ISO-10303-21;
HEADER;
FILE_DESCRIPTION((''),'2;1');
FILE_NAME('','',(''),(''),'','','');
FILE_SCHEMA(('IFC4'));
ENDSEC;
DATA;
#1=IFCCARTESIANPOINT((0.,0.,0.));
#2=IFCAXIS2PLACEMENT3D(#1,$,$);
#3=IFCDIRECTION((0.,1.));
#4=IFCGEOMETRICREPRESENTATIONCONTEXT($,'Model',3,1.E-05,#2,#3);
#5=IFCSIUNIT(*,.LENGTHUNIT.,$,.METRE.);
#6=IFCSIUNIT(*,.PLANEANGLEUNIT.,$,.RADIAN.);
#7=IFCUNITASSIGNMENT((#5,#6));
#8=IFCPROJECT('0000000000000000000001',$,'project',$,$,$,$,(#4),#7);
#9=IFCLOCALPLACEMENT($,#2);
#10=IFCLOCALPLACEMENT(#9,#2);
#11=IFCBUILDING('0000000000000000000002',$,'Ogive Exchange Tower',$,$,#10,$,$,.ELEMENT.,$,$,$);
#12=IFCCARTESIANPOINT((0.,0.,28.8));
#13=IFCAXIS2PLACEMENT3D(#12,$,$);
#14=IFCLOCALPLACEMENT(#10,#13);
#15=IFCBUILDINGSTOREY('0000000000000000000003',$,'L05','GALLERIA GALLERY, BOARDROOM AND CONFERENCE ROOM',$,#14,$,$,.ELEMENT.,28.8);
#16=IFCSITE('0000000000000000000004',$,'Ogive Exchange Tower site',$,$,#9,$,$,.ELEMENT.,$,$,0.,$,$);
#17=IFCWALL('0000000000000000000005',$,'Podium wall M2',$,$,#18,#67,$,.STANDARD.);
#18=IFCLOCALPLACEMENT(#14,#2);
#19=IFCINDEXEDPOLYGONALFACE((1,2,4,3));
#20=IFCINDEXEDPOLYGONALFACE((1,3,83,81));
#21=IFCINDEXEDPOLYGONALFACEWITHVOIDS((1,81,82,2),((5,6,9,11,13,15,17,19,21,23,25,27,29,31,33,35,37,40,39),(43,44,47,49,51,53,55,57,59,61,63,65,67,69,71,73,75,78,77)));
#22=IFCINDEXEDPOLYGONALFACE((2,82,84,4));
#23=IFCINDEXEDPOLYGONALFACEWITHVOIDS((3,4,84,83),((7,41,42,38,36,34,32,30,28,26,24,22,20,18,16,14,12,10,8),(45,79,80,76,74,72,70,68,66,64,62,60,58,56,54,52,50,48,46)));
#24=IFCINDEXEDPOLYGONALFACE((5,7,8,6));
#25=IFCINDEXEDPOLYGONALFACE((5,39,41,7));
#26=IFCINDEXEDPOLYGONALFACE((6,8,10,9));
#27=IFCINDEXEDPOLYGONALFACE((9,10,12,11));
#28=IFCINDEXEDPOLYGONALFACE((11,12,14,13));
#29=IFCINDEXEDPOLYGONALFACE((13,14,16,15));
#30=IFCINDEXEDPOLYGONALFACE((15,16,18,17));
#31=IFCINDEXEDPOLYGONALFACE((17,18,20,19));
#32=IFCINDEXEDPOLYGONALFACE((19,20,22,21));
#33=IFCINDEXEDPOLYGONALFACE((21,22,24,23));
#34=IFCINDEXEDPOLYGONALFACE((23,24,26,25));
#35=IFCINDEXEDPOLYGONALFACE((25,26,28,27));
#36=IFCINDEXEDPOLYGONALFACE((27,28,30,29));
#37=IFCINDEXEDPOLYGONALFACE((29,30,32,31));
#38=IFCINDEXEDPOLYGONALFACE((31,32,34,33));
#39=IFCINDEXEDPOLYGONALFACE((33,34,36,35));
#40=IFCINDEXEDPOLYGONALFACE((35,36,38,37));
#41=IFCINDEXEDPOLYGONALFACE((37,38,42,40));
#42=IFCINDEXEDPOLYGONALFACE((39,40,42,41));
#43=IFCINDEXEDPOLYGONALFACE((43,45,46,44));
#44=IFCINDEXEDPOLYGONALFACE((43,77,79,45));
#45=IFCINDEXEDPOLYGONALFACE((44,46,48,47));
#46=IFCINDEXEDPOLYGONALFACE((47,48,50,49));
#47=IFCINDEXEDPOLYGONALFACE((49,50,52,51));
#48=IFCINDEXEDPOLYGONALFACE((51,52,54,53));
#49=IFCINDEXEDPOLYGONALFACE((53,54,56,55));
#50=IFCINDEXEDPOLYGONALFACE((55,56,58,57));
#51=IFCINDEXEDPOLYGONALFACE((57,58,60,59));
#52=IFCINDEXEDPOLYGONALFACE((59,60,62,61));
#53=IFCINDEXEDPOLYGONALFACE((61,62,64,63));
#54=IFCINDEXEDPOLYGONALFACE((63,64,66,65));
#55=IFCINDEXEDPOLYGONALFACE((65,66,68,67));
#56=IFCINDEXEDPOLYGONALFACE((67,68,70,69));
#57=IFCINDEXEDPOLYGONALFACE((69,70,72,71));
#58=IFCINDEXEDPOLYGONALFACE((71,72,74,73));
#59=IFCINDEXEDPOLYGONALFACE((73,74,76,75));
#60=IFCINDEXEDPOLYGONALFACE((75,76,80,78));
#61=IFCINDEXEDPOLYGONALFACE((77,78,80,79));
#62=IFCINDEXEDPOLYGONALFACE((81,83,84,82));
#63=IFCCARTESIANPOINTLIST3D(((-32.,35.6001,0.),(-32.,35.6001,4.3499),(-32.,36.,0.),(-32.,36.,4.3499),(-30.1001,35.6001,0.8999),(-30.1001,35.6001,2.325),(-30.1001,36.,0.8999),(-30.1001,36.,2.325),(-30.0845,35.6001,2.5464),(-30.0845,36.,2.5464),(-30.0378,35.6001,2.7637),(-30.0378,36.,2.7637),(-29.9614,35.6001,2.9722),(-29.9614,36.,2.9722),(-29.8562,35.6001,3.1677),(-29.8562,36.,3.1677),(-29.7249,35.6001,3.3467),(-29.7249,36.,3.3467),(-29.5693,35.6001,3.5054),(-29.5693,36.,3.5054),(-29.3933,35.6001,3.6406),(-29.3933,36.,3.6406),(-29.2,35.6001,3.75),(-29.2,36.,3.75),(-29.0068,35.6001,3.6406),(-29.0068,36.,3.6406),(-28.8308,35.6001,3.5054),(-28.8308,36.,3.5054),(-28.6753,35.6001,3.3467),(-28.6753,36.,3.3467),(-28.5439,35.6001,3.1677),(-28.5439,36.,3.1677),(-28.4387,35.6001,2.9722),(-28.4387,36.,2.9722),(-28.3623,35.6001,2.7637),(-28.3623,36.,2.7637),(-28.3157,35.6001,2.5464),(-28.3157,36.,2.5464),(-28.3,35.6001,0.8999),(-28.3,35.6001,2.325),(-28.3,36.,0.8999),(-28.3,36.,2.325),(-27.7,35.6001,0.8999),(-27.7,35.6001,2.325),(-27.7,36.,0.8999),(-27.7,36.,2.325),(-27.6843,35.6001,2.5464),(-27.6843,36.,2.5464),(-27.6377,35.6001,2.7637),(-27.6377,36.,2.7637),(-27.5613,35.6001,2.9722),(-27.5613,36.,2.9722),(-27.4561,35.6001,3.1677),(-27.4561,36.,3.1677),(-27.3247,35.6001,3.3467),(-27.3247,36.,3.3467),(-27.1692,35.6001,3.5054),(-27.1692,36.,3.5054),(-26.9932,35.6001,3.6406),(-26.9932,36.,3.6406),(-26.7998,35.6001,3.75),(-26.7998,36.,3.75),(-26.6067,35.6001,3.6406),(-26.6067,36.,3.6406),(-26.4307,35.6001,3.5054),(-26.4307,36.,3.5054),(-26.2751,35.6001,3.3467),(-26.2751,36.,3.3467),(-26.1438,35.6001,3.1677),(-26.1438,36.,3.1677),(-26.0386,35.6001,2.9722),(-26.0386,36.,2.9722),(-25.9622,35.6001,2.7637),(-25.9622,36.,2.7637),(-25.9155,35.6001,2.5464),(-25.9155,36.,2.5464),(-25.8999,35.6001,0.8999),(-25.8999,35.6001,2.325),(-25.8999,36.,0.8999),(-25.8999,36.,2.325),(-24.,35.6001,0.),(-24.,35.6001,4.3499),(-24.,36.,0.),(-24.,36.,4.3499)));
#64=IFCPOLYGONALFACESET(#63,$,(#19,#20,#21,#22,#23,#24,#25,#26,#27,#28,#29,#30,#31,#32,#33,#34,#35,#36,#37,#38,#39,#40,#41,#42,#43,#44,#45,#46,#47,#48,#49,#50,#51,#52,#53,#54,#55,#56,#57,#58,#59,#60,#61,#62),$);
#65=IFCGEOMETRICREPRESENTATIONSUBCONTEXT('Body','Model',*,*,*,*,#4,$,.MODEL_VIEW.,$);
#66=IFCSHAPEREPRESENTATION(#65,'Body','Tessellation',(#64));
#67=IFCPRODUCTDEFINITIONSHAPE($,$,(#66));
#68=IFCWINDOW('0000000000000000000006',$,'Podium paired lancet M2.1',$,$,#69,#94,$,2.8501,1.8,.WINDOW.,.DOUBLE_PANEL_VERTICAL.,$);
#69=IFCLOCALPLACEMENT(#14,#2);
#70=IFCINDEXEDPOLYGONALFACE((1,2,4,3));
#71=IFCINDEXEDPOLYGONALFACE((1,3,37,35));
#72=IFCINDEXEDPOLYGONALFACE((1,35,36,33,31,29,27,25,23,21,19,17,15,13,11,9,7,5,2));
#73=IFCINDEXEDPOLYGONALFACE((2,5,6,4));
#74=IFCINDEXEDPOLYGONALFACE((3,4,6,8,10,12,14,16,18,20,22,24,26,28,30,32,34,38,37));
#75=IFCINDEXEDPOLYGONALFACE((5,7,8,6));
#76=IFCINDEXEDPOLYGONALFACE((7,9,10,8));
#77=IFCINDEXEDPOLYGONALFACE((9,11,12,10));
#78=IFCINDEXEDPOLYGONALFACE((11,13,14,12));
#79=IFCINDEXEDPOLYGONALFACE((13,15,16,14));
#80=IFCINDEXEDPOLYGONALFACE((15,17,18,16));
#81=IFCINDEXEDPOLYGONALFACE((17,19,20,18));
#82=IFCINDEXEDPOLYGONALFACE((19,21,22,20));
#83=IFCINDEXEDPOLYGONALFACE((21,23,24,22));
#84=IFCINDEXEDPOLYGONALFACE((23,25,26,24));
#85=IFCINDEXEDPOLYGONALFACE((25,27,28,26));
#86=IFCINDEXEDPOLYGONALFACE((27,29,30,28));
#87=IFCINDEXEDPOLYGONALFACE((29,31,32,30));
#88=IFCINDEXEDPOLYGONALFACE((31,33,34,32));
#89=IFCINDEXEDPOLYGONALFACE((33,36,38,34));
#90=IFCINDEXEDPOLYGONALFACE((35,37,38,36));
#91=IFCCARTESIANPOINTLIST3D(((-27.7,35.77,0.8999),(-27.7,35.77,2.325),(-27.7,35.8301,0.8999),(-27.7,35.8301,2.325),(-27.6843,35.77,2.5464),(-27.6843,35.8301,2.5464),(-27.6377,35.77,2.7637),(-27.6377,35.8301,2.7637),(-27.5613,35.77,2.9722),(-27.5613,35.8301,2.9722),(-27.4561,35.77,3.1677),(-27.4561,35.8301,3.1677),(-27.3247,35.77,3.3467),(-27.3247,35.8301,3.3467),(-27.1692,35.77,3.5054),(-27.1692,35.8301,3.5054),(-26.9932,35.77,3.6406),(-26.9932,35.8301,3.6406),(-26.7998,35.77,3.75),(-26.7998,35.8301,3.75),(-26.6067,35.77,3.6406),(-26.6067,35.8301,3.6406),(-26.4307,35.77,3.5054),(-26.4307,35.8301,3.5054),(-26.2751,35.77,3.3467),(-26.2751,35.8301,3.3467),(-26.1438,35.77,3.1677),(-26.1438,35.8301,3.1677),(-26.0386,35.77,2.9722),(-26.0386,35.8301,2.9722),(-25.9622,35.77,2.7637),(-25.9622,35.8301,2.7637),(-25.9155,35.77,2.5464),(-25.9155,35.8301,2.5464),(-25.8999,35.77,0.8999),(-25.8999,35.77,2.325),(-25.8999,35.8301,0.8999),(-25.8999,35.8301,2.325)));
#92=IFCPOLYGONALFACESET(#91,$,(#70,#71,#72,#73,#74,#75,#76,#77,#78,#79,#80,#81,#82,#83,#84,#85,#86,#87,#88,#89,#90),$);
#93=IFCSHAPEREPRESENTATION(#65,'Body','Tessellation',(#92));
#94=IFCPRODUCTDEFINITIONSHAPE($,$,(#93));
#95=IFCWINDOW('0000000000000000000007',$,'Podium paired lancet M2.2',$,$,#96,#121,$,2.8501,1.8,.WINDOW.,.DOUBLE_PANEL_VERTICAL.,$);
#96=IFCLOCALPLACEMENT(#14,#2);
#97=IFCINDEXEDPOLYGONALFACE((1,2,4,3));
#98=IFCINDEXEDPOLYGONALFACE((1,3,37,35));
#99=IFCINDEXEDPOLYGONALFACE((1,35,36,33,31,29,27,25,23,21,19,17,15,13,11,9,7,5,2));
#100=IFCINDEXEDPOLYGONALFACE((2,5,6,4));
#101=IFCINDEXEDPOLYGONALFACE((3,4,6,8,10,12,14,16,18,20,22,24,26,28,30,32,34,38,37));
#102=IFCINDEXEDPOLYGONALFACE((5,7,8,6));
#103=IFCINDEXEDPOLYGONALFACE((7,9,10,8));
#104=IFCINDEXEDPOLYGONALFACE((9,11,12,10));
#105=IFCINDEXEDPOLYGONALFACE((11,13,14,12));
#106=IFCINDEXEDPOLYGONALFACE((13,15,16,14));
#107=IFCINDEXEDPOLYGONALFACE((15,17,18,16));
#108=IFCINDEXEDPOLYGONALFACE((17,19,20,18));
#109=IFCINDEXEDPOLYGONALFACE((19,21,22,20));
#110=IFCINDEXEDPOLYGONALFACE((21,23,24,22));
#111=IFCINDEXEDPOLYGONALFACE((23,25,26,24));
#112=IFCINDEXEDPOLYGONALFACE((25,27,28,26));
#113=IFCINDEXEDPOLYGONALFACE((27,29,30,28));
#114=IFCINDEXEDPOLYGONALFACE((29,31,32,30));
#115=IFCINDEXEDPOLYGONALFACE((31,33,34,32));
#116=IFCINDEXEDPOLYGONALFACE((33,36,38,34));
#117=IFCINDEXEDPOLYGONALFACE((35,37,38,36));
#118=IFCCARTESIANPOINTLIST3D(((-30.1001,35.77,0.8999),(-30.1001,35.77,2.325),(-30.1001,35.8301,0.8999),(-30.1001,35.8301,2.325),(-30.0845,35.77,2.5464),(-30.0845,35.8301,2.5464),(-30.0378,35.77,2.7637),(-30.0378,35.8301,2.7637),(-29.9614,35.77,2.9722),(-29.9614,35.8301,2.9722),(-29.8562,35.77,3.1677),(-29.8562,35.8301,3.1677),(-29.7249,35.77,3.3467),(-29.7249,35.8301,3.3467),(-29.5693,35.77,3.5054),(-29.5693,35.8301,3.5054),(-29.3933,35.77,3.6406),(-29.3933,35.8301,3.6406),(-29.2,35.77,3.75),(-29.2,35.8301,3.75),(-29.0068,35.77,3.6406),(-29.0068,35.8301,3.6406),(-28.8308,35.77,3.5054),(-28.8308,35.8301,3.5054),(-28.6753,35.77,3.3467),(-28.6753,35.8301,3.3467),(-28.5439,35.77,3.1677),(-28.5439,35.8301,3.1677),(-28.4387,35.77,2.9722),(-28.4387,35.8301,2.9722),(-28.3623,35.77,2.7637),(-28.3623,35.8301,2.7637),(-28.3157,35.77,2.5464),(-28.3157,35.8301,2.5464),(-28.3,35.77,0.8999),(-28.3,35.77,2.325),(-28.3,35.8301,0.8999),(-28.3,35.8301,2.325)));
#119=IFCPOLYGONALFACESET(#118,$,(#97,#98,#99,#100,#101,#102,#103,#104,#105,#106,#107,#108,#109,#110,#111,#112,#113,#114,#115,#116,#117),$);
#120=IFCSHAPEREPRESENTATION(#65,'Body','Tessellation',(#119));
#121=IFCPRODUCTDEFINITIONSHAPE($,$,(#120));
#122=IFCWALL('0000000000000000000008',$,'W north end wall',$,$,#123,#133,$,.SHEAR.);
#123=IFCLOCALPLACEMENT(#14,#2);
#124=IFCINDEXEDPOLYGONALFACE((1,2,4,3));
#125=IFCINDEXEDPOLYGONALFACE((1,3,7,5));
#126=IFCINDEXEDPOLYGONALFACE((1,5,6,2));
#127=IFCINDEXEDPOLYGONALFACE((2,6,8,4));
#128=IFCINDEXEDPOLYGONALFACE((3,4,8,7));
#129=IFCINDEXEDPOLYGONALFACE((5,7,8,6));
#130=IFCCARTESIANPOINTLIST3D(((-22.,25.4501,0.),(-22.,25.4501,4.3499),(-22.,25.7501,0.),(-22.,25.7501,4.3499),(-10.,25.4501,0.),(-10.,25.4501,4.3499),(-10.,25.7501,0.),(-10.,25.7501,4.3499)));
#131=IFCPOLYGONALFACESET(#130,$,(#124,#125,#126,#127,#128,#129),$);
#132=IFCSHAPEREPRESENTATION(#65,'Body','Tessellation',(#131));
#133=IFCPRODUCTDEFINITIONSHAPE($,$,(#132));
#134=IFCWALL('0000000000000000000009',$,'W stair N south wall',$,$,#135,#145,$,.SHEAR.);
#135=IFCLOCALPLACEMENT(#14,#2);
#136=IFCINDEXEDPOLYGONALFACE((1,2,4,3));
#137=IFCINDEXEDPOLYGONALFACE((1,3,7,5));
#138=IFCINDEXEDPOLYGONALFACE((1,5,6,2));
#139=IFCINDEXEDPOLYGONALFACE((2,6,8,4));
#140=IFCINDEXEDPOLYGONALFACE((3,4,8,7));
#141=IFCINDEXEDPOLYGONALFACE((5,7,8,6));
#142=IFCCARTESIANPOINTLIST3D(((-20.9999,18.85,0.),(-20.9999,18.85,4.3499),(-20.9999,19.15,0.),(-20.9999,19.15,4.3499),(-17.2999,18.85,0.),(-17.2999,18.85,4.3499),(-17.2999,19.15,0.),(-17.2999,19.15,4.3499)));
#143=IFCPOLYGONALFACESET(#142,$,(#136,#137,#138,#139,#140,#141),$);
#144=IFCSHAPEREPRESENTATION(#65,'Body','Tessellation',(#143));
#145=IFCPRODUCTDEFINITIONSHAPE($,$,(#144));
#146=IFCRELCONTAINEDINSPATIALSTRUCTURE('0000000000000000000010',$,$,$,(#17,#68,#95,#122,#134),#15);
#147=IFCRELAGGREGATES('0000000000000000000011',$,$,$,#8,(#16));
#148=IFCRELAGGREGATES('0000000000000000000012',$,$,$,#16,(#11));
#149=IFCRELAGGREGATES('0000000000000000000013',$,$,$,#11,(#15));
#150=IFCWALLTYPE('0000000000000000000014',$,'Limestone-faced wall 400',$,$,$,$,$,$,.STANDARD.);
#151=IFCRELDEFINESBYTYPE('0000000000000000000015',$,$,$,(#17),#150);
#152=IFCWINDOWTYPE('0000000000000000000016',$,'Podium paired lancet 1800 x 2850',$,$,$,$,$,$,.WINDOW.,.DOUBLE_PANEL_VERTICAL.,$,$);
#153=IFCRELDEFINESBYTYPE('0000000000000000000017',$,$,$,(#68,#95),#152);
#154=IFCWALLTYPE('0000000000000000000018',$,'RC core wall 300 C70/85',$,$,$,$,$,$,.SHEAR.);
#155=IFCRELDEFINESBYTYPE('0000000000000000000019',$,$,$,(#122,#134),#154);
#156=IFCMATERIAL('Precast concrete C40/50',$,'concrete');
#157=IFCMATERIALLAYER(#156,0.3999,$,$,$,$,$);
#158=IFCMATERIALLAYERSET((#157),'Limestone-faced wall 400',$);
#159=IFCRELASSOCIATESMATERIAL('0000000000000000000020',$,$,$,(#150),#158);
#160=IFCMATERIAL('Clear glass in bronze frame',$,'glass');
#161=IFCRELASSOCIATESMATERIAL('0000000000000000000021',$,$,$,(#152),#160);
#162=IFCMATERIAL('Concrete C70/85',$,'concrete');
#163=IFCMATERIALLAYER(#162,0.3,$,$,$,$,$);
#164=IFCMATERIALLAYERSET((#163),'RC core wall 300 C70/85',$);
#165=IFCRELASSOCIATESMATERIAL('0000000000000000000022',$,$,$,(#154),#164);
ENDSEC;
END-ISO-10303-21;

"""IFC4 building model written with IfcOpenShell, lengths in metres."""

from ifc_helpers import new_model, si_unit, direction, frame, frame_2d, origin, place, context, subcontext, project, spatial, polyline, rectangle, outline, extrude, material, layer, layer_set, type_object, element, fill, save


model = new_model("IFC4")

# Units and contexts
model_context = context("Model", 3, precision=1e-05, world=origin(), true_north=direction((0.0, 1.0)))
body_context = subcontext(model_context, "Body", "Model", "MODEL_VIEW")
ifc_project = project(units=[si_unit("LENGTHUNIT", "METRE"), si_unit("PLANEANGLEUNIT", "RADIAN")], contexts=[model_context])

# Site, building, storey
site_placement = place(None, origin())
site = spatial("IfcSite", under=ifc_project, at=site_placement, Name="Ogive Exchange Tower site", CompositionType="ELEMENT", RefElevation=0.0)
building_placement = place(site_placement, origin())
building = spatial("IfcBuilding", under=site, at=building_placement, Name="Ogive Exchange Tower", CompositionType="ELEMENT")
storey_placement = place(building_placement, frame((0.0, 0.0, 28.8)))
storey = spatial("IfcBuildingStorey", under=building, at=storey_placement, Name="L05", Description="GALLERIA GALLERY, BOARDROOM AND CONFERENCE ROOM", CompositionType="ELEMENT", Elevation=28.8)

# Shared definitions
ifc_material_1 = material(Name="Concrete C70/85", Category="concrete")

# Shared definitions
ifc_material_2 = material(Name="Precast concrete C40/50", Category="concrete")
ifc_layer_1 = layer(ifc_material_2, 0.3999)
ifc_layer_set_1 = layer_set([ifc_layer_1], Name="Limestone-faced wall 400")
wall_type_1 = type_object("IfcWallType", Name="Limestone-faced wall 400", PredefinedType="STANDARD", material=ifc_layer_set_1)

# Wall, openings, windows
wall_1_placement = place(storey_placement, frame((-24.0, 35.8, 0.0), z_axis=(0.0, 0.0, 1.0), x_axis=(-1.0, 0.0, 0.0)))
wall_1 = element("IfcWall", 1, at=wall_1_placement, inside=storey, type_object=wall_type_1, Name="Podium wall M2", PredefinedType="STANDARD", context=body_context, shape_type="SweptSolid", body=[
    extrude(rectangle(XDim=8.0, YDim=0.3999, at=frame_2d((4.0, 0.0))), origin(), (0.0, 0.0, 1.0), 4.3499),
])
opening_1_placement = place(wall_1_placement, frame((1.8999, 0.0, 0.8999)))
opening_1 = element("IfcOpeningElement", 2, at=opening_1_placement, cuts=wall_1, PredefinedType="OPENING", context=body_context, shape_type="SweptSolid", body=[
    extrude(outline(polyline([(0.0, 0.0), (1.8, 0.0), (1.8, 1.425), (1.7844, 1.6465), (1.7378, 1.8638), (1.6614, 2.0723), (1.5562, 2.2678), (1.4248, 2.4468), (1.2693, 2.6055), (1.0933, 2.7407), (0.8999, 2.8501), (0.7068, 2.7407), (0.5308, 2.6055), (0.3752, 2.4468), (0.2439, 2.2678), (0.1387, 2.0723), (0.0623, 1.8638), (0.0156, 1.6465), (0.0, 1.425), (0.0, 0.0)])), frame((0.0, 0.21, 0.0), z_axis=(0.0, -1.0, 0.0), x_axis=(1.0, 0.0, 0.0)), (0.0, 0.0, 1.0), 0.4199),
])
opening_2_placement = place(wall_1_placement, frame((4.3, 0.0, 0.8999)))
opening_2 = element("IfcOpeningElement", 3, at=opening_2_placement, cuts=wall_1, PredefinedType="OPENING", context=body_context, shape_type="SweptSolid", body=[
    extrude(outline(polyline([(0.0, 0.0), (1.8, 0.0), (1.8, 1.425), (1.7844, 1.6465), (1.7378, 1.8638), (1.6614, 2.0723), (1.5562, 2.2678), (1.4248, 2.4468), (1.2693, 2.6055), (1.0933, 2.7407), (0.8999, 2.8501), (0.7068, 2.7407), (0.5308, 2.6055), (0.3752, 2.4468), (0.2439, 2.2678), (0.1387, 2.0723), (0.0623, 1.8638), (0.0156, 1.6465), (0.0, 1.425), (0.0, 0.0)])), frame((0.0, 0.21, 0.0), z_axis=(0.0, -1.0, 0.0), x_axis=(1.0, 0.0, 0.0)), (0.0, 0.0, 1.0), 0.4199),
])
ifc_material_3 = material(Name="Clear glass in bronze frame", Category="glass")
window_type = type_object("IfcWindowType", Name="Podium paired lancet 1800 x 2850", PartitioningType="DOUBLE_PANEL_VERTICAL", PredefinedType="WINDOW", material=ifc_material_3)
window_1_placement = place(opening_1_placement, origin())
window_1 = element("IfcWindow", 4, at=window_1_placement, inside=storey, type_object=window_type, Name="Podium paired lancet M2.1", OverallHeight=2.8501, OverallWidth=1.8, PartitioningType="DOUBLE_PANEL_VERTICAL", PredefinedType="WINDOW", context=body_context, shape_type="SweptSolid", body=[
    extrude(outline(polyline([(0.0, 0.0), (1.8, 0.0), (1.8, 1.425), (1.7844, 1.6465), (1.7378, 1.8638), (1.6614, 2.0723), (1.5562, 2.2678), (1.4248, 2.4468), (1.2693, 2.6055), (1.0933, 2.7407), (0.8999, 2.8501), (0.7068, 2.7407), (0.5308, 2.6055), (0.3752, 2.4468), (0.2439, 2.2678), (0.1387, 2.0723), (0.0623, 1.8638), (0.0156, 1.6465), (0.0, 1.425), (0.0, 0.0)])), frame((0.0, 0.03, 0.0), z_axis=(0.0, -1.0, 0.0), x_axis=(1.0, 0.0, 0.0)), (0.0, 0.0, 1.0), 0.0601),
])
fill(opening_1, window_1)
window_2_placement = place(opening_2_placement, origin())
window_2 = element("IfcWindow", 5, at=window_2_placement, inside=storey, type_object=window_type, Name="Podium paired lancet M2.2", OverallHeight=2.8501, OverallWidth=1.8, PartitioningType="DOUBLE_PANEL_VERTICAL", PredefinedType="WINDOW", context=body_context, shape_type="SweptSolid", body=[
    extrude(outline(polyline([(0.0, 0.0), (1.8, 0.0), (1.8, 1.425), (1.7844, 1.6465), (1.7378, 1.8638), (1.6614, 2.0723), (1.5562, 2.2678), (1.4248, 2.4468), (1.2693, 2.6055), (1.0933, 2.7407), (0.8999, 2.8501), (0.7068, 2.7407), (0.5308, 2.6055), (0.3752, 2.4468), (0.2439, 2.2678), (0.1387, 2.0723), (0.0623, 1.8638), (0.0156, 1.6465), (0.0, 1.425), (0.0, 0.0)])), frame((0.0, 0.03, 0.0), z_axis=(0.0, -1.0, 0.0), x_axis=(1.0, 0.0, 0.0)), (0.0, 0.0, 1.0), 0.0601),
])
fill(opening_2, window_2)

# Walls
ifc_layer_2 = layer(ifc_material_1, 0.3)
ifc_layer_set_2 = layer_set([ifc_layer_2], Name="RC core wall 300 C70/85")
wall_type_2 = type_object("IfcWallType", Name="RC core wall 300 C70/85", PredefinedType="SHEAR", material=ifc_layer_set_2)
wall_2_placement = place(storey_placement, frame((-22.0, 25.6001, 0.0), z_axis=(0.0, 0.0, 1.0), x_axis=(1.0, 0.0, 0.0)))
element("IfcWall", 6, at=wall_2_placement, inside=storey, type_object=wall_type_2, Name="W north end wall", PredefinedType="SHEAR", context=body_context, shape_type="SweptSolid", body=[
    extrude(rectangle(XDim=12.0, YDim=0.3, at=frame_2d((6.0, 0.0))), origin(), (0.0, 0.0, 1.0), 4.3499),
])
wall_3_placement = place(storey_placement, frame((-21.0, 19.0, 0.0), z_axis=(0.0, 0.0, 1.0), x_axis=(1.0, 0.0, 0.0)))
element("IfcWall", 7, at=wall_3_placement, inside=storey, type_object=wall_type_2, Name="W stair N south wall", PredefinedType="SHEAR", context=body_context, shape_type="SweptSolid", body=[
    extrude(rectangle(XDim=3.7, YDim=0.3, at=frame_2d((1.8501, 0.0))), origin(), (0.0, 0.0, 1.0), 4.3499),
])

save(model, "model.ifc")
